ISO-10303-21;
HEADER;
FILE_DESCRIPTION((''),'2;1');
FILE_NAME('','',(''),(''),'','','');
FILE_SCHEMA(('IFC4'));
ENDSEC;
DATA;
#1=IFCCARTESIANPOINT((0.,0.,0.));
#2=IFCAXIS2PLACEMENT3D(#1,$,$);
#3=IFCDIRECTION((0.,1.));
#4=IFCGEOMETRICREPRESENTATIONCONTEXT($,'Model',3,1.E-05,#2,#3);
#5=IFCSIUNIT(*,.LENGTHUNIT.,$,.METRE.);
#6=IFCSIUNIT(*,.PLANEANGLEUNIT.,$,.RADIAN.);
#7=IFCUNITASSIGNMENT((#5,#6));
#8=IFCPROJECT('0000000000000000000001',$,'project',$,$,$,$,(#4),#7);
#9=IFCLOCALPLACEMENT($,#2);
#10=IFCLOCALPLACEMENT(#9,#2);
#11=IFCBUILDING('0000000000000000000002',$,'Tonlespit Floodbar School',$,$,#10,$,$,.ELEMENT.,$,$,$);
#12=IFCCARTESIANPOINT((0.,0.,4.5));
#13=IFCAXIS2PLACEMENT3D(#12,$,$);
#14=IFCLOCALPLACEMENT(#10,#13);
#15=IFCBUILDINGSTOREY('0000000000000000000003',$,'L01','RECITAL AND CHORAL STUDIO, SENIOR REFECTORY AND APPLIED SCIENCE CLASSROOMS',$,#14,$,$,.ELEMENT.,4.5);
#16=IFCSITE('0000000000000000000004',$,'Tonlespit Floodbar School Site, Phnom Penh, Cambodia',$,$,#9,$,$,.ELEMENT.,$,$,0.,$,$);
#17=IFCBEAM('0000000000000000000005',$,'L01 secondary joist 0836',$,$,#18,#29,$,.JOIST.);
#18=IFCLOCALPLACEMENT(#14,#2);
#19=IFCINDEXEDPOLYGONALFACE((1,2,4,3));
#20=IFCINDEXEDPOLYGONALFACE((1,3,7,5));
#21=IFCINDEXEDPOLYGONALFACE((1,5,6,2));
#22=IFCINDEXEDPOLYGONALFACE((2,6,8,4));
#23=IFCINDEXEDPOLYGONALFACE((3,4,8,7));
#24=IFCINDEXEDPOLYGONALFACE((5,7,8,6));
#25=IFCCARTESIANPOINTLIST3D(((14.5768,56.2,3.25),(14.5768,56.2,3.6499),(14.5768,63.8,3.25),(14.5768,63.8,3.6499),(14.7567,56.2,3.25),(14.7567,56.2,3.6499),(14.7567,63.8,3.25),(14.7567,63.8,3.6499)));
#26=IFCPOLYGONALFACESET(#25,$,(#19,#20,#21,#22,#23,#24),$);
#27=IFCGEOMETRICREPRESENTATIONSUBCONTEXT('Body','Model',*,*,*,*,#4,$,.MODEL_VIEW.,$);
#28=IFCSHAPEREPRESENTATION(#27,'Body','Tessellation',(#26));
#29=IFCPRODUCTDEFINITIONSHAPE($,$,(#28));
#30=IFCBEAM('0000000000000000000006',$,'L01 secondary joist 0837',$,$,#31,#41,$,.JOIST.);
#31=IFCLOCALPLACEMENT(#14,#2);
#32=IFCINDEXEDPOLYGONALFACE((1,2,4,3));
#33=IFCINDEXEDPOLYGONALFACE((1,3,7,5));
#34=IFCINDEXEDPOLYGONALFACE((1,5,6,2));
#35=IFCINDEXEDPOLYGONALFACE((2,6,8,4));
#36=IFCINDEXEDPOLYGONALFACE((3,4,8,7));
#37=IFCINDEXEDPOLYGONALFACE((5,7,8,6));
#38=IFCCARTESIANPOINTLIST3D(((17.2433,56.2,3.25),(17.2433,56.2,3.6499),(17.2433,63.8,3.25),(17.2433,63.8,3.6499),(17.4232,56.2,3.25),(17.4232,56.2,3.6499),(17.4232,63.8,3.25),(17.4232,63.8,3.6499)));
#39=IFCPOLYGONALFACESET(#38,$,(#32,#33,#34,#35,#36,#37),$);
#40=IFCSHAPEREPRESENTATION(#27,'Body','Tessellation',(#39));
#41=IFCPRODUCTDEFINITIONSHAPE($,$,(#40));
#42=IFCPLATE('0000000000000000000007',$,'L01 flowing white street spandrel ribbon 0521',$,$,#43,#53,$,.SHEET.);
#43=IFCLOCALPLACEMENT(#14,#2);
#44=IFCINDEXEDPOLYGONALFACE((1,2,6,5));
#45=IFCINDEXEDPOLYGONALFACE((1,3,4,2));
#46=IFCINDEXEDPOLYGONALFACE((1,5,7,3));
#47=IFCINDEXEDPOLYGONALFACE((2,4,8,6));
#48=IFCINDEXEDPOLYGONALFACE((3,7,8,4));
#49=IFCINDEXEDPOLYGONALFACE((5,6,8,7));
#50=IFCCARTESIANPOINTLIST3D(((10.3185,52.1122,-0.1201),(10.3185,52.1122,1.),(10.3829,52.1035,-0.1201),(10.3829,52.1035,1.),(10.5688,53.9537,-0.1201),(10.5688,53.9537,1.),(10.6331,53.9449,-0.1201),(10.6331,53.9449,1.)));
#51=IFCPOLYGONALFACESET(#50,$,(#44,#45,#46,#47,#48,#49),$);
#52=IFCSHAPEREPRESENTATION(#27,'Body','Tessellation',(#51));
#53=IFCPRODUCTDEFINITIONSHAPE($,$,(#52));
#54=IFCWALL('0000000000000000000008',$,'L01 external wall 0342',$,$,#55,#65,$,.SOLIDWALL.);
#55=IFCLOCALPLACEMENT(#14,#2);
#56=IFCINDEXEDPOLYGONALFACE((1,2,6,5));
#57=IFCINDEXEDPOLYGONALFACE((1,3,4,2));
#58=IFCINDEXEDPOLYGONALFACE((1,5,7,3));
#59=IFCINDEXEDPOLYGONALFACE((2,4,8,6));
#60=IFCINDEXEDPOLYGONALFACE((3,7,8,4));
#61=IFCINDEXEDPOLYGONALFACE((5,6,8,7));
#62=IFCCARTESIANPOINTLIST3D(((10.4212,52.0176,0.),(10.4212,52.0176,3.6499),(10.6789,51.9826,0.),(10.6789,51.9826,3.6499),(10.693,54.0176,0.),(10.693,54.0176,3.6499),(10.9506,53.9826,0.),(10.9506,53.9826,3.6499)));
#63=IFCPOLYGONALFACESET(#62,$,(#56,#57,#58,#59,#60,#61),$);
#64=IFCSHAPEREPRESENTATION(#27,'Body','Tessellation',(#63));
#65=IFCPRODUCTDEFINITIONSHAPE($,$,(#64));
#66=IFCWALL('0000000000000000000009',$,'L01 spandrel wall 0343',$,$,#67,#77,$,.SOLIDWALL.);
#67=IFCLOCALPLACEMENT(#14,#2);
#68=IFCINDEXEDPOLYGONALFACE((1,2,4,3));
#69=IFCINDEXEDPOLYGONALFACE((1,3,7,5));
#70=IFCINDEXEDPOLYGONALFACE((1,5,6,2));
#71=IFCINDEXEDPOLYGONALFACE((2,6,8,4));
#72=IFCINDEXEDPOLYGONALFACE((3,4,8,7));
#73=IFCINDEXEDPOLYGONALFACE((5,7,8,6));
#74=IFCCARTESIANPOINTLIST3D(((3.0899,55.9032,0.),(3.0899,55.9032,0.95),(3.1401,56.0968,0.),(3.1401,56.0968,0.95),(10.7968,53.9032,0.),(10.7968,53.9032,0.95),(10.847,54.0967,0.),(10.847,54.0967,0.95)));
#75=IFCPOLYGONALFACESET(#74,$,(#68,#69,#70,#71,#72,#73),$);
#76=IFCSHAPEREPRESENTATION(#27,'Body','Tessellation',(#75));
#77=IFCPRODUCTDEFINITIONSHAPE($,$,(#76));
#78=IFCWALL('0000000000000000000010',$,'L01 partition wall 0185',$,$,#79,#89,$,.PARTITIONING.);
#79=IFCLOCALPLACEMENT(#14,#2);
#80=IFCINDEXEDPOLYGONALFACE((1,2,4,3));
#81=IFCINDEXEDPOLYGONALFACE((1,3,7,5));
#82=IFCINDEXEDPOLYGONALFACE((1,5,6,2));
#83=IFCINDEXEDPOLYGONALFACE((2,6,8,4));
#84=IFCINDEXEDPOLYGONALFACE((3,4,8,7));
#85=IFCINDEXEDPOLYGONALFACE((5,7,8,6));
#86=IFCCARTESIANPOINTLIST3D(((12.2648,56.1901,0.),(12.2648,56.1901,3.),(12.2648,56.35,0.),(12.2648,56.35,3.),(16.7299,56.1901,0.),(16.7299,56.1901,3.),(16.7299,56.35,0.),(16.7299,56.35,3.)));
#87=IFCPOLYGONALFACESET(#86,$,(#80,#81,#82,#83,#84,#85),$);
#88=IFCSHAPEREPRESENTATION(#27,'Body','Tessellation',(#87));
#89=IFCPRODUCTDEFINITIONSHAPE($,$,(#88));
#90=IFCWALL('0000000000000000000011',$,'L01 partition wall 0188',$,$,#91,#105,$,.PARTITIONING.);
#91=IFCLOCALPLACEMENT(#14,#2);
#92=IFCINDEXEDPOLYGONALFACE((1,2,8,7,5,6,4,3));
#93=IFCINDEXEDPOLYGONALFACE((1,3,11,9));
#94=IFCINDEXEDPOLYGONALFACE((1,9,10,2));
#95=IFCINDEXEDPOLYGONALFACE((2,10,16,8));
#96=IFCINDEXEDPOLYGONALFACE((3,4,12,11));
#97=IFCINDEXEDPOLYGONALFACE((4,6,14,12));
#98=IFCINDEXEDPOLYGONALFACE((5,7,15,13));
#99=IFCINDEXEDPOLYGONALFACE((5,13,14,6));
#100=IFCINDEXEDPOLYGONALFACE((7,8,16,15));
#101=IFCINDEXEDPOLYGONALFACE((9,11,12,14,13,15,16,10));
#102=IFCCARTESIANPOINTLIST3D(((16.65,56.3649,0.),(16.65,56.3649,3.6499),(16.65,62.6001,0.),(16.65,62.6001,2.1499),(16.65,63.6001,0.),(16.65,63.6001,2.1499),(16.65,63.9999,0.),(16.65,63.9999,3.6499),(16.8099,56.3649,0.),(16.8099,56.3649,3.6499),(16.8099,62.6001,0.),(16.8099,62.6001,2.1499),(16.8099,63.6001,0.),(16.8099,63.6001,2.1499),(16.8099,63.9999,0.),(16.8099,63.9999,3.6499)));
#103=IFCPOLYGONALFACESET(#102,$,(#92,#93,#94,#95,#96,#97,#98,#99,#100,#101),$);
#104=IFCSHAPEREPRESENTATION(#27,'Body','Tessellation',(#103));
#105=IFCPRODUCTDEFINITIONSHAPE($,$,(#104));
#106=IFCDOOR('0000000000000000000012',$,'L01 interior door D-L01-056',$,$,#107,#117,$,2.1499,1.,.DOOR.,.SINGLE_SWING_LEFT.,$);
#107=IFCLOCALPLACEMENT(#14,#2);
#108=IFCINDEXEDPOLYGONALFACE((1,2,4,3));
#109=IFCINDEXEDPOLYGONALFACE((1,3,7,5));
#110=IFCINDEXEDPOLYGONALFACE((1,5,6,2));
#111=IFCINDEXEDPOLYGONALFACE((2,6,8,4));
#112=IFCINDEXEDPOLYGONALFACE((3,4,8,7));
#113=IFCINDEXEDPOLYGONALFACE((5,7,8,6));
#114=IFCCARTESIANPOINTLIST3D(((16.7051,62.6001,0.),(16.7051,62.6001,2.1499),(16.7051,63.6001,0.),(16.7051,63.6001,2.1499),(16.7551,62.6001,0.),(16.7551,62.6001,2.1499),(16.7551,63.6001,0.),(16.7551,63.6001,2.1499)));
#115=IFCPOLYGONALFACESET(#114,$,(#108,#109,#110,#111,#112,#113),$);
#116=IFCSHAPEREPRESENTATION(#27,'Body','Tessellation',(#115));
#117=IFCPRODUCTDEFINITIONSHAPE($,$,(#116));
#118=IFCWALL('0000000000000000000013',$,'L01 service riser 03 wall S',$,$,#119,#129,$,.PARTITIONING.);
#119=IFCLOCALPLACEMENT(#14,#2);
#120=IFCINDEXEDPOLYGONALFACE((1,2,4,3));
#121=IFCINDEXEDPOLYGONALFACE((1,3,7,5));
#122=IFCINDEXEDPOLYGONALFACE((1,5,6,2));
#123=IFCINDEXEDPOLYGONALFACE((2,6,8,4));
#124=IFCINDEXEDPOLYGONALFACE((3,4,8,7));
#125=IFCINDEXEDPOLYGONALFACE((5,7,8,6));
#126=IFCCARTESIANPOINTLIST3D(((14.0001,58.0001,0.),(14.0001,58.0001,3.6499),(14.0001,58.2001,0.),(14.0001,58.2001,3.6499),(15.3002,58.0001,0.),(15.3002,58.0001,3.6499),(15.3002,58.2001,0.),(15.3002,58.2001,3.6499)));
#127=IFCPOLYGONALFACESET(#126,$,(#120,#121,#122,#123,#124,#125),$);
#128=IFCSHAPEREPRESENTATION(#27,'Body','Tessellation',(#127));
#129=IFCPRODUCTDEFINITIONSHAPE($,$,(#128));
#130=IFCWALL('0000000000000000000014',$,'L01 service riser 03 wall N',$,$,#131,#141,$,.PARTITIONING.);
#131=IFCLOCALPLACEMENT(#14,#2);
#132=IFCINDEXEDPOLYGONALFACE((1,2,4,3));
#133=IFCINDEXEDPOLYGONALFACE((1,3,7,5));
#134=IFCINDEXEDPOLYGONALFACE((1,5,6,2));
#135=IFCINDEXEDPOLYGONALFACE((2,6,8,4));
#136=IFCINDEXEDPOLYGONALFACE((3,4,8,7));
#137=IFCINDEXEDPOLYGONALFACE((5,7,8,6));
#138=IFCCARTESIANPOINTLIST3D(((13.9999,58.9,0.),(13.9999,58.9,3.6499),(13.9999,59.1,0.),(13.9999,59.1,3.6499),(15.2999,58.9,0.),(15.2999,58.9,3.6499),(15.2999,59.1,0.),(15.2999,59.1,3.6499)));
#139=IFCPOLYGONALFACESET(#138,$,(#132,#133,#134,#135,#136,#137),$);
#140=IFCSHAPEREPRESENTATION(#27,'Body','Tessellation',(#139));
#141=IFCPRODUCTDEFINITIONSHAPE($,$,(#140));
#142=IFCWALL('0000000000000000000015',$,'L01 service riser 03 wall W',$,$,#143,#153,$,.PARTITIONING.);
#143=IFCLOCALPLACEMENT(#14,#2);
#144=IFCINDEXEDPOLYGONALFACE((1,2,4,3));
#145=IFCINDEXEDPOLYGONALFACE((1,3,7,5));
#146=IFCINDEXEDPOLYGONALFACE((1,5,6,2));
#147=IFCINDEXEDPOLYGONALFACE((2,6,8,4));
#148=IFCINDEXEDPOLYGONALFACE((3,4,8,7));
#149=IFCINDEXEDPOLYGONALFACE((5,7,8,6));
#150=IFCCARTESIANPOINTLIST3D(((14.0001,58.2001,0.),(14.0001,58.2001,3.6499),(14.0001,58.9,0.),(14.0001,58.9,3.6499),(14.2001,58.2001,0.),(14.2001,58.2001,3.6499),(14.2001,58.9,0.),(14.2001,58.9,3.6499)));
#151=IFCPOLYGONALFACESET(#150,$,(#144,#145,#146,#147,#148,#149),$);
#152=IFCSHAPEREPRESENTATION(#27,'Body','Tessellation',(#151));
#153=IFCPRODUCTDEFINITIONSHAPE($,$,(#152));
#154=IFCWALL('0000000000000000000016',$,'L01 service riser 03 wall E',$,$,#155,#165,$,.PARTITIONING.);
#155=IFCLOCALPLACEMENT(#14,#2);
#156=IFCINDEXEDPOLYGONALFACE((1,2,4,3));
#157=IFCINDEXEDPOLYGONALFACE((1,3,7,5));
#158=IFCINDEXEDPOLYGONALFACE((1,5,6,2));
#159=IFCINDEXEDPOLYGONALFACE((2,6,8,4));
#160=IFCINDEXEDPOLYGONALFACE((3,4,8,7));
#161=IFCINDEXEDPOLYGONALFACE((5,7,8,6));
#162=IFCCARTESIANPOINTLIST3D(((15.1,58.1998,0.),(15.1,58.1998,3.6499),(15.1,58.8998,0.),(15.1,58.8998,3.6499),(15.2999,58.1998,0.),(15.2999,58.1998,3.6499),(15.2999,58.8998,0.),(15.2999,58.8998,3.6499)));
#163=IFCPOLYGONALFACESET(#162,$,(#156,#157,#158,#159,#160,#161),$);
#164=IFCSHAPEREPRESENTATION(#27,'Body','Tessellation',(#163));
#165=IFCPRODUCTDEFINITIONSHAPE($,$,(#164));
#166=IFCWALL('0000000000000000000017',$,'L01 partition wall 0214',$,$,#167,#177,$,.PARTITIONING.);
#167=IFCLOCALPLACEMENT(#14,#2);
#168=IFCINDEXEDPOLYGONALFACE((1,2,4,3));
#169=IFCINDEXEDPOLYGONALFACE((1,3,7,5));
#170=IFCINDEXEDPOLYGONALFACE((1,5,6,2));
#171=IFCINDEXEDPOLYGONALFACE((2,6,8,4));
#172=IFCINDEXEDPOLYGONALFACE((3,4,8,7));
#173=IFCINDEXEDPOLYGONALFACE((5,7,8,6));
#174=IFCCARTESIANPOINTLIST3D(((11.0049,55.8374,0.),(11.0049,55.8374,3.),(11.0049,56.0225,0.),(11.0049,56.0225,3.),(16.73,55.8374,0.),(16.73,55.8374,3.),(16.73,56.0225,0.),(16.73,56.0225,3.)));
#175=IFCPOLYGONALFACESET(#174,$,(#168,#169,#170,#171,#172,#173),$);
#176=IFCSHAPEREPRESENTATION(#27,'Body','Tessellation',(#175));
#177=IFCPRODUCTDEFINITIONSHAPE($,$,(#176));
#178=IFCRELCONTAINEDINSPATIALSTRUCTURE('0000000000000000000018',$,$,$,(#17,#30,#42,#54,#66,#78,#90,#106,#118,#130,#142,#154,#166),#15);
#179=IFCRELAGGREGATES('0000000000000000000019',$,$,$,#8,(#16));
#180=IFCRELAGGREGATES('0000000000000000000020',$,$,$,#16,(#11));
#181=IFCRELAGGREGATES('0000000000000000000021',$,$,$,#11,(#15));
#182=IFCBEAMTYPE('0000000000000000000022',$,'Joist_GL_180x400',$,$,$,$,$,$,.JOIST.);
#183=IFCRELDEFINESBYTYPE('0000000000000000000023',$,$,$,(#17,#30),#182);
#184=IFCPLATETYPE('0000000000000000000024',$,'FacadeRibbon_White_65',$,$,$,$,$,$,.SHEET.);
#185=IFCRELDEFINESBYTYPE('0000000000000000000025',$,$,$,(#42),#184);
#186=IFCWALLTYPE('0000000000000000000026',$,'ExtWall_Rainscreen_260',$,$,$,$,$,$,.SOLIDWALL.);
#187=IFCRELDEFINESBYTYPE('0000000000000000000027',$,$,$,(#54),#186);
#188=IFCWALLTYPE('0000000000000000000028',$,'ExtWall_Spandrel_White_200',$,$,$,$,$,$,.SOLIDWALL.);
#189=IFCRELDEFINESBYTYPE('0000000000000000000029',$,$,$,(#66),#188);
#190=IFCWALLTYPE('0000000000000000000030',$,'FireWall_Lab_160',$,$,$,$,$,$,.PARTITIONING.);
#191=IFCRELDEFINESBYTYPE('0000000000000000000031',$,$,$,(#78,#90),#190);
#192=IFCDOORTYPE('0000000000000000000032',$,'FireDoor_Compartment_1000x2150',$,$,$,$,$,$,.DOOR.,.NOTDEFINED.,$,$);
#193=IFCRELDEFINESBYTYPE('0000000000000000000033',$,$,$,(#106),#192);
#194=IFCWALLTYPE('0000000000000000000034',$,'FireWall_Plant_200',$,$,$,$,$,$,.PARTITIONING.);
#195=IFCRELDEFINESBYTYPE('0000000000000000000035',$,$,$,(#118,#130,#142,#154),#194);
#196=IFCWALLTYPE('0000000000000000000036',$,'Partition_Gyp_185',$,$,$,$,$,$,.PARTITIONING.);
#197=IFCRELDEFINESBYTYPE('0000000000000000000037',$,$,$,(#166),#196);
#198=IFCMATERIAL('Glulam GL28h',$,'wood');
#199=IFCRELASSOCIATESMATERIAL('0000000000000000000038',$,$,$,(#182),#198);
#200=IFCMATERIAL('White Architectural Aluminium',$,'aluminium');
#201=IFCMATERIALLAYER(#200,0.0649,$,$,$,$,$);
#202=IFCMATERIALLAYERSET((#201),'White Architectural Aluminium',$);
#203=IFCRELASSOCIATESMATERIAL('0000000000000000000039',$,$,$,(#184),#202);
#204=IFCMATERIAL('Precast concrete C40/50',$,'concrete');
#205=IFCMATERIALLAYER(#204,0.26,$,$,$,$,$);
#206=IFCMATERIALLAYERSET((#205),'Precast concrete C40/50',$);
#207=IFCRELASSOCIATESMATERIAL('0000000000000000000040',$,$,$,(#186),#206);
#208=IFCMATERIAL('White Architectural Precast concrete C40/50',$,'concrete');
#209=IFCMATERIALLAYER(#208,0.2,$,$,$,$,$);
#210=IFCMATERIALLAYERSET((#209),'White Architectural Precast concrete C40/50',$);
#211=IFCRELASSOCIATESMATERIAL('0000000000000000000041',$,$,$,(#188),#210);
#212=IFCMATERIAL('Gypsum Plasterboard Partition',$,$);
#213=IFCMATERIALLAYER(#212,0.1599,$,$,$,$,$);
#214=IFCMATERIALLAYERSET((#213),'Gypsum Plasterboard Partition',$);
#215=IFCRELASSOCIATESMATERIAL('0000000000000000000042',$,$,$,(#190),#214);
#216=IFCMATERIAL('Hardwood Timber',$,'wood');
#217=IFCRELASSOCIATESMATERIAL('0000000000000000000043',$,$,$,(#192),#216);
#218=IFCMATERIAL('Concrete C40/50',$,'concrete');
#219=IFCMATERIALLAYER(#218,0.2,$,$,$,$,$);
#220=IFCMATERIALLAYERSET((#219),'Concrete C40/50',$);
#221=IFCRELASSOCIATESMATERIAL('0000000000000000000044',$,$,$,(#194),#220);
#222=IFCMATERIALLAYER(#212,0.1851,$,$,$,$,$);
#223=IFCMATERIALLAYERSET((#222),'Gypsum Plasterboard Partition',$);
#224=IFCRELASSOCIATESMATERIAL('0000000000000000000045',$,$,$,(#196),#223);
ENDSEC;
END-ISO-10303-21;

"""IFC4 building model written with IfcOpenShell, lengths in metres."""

from ifc_helpers import new_model, si_unit, direction, frame, frame_2d, origin, origin_2d, place, context, subcontext, project, spatial, rectangle, extrude, material, layer, layer_set, material_profile, profile_set, type_object, element, fill, save


model = new_model("IFC4")

# Units and contexts
model_context = context("Model", 3, precision=1e-05, world=origin(), true_north=direction((0.0, 1.0)))
body_context = subcontext(model_context, "Body", "Model", "MODEL_VIEW")
ifc_project = project(units=[si_unit("LENGTHUNIT", "METRE"), si_unit("PLANEANGLEUNIT", "RADIAN")], contexts=[model_context])

# Site, building, storey
site_placement = place(None, origin())
site = spatial("IfcSite", under=ifc_project, at=site_placement, Name="Tonlespit Floodbar School Site, Phnom Penh, Cambodia", CompositionType="ELEMENT", RefElevation=0.0)
building_placement = place(site_placement, origin())
building = spatial("IfcBuilding", under=site, at=building_placement, Name="Tonlespit Floodbar School", CompositionType="ELEMENT")
storey_placement = place(building_placement, frame((0.0, 0.0, 4.5)))
storey = spatial("IfcBuildingStorey", under=building, at=storey_placement, Name="L01", Description="RECITAL AND CHORAL STUDIO, SENIOR REFECTORY AND APPLIED SCIENCE CLASSROOMS", CompositionType="ELEMENT", Elevation=4.5)

# Shared definitions
ifc_material_1 = material(Name="Concrete C40/50", Category="concrete")

# Beams
ifc_material_2 = material(Name="Glulam GL28h", Category="wood")
ifc_material_profile_1 = material_profile(ifc_material_2, rectangle(XDim=0.1799, YDim=0.3999, at=origin_2d()), Name="GL 180x400")
ifc_profile_set_1 = profile_set([ifc_material_profile_1], Name="Glulam GL28h")
beam_type_1 = type_object("IfcBeamType", Name="Joist_GL_180x400", PredefinedType="JOIST", material=ifc_profile_set_1)
for number, where, z_axis, x_axis, name in (
    (1, (14.6667, 56.2, 3.45), (0.0, 1.0, 0.0), (-1.0, 0.0, 0.0), "L01 secondary joist 0836"),
    (2, (17.3333, 56.2, 3.45), (0.0, 1.0, 0.0), (-1.0, 0.0, 0.0), "L01 secondary joist 0837"),
):
    element("IfcBeam", number, at=place(storey_placement, frame(where, z_axis=z_axis, x_axis=x_axis)), inside=storey, type_object=beam_type_1, Name=name, PredefinedType="JOIST", context=body_context, shape_type="SweptSolid", body=[
        extrude(rectangle(XDim=0.1799, YDim=0.3999, at=origin_2d()), origin(), (0.0, 0.0, 1.0), 7.6001),
    ])

# Plate
ifc_material_3 = material(Name="White Architectural Aluminium", Category="aluminium")
ifc_layer_1 = layer(ifc_material_3, 0.0649)
ifc_layer_set_1 = layer_set([ifc_layer_1], Name="White Architectural Aluminium")
plate_type = type_object("IfcPlateType", Name="FacadeRibbon_White_65", PredefinedType="SHEET", material=ifc_layer_set_1)
plate_placement = place(storey_placement, frame((10.4758, 53.0286, -0.1201), z_axis=(0.0, 0.0, 1.0), x_axis=(0.134662, 0.990892, 0.0)))
element("IfcPlate", 3, at=plate_placement, inside=storey, type_object=plate_type, Name="L01 flowing white street spandrel ribbon 0521", PredefinedType="SHEET", context=body_context, shape_type="SweptSolid", body=[
    extrude(rectangle(XDim=1.8584, YDim=0.0649, at=origin_2d()), origin(), (0.0, 0.0, 1.0), 1.1201),
])

# Walls
ifc_material_4 = material(Name="Precast concrete C40/50", Category="concrete")
ifc_layer_2 = layer(ifc_material_4, 0.26)
ifc_layer_set_2 = layer_set([ifc_layer_2], Name="Precast concrete C40/50")
wall_type_1 = type_object("IfcWallType", Name="ExtWall_Rainscreen_260", PredefinedType="SOLIDWALL", material=ifc_layer_set_2)
wall_1_placement = place(storey_placement, frame((10.55, 52.0, 0.0), z_axis=(0.0, 0.0, 1.0), x_axis=(0.134627, 0.990896, 0.0)))
element("IfcWall", 4, at=wall_1_placement, inside=storey, type_object=wall_type_1, Name="L01 external wall 0342", PredefinedType="SOLIDWALL", context=body_context, shape_type="SweptSolid", body=[
    extrude(rectangle(XDim=2.0183, YDim=0.26, at=frame_2d((1.0093, 0.0))), origin(), (0.0, 0.0, 1.0), 3.6499),
])
ifc_material_5 = material(Name="White Architectural Precast concrete C40/50", Category="concrete")
ifc_layer_3 = layer(ifc_material_5, 0.2)
ifc_layer_set_3 = layer_set([ifc_layer_3], Name="White Architectural Precast concrete C40/50")
wall_type_2 = type_object("IfcWallType", Name="ExtWall_Spandrel_White_200", PredefinedType="SOLIDWALL", material=ifc_layer_set_3)
wall_2_placement = place(storey_placement, frame((10.8218, 54.0, 0.0), z_axis=(0.0, 0.0, 1.0), x_axis=(-0.967938, 0.251191, 0.0)))
element("IfcWall", 5, at=wall_2_placement, inside=storey, type_object=wall_type_2, Name="L01 spandrel wall 0343", PredefinedType="SOLIDWALL", context=body_context, shape_type="SweptSolid", body=[
    extrude(rectangle(XDim=7.9622, YDim=0.2, at=frame_2d((3.981, 0.0))), origin(), (0.0, 0.0, 1.0), 0.95),
])
ifc_material_6 = material(Name="Gypsum Plasterboard Partition")
ifc_layer_4 = layer(ifc_material_6, 0.1599)
ifc_layer_set_4 = layer_set([ifc_layer_4], Name="Gypsum Plasterboard Partition")
wall_type_3 = type_object("IfcWallType", Name="FireWall_Lab_160", PredefinedType="PARTITIONING", material=ifc_layer_set_4)
wall_3_placement = place(storey_placement, frame((12.2649, 56.27, 0.0), z_axis=(0.0, 0.0, 1.0), x_axis=(1.0, 0.0, 0.0)))
element("IfcWall", 6, at=wall_3_placement, inside=storey, type_object=wall_type_3, Name="L01 partition wall 0185", PredefinedType="PARTITIONING", context=body_context, shape_type="SweptSolid", body=[
    extrude(rectangle(XDim=4.4651, YDim=0.1599, at=frame_2d((2.2324, 0.0))), origin(), (0.0, 0.0, 1.0), 3.0),
])

# Wall, opening, door
wall_4_placement = place(storey_placement, frame((16.73, 56.365, 0.0), z_axis=(0.0, 0.0, 1.0), x_axis=(0.0, 1.0, 0.0)))
wall_4 = element("IfcWall", 7, at=wall_4_placement, inside=storey, type_object=wall_type_3, Name="L01 partition wall 0188", PredefinedType="PARTITIONING", context=body_context, shape_type="SweptSolid", body=[
    extrude(rectangle(XDim=7.635, YDim=0.1599, at=frame_2d((3.8174, 0.0))), origin(), (0.0, 0.0, 1.0), 3.6499),
])
opening_placement = place(wall_4_placement, frame((6.2351, 0.0, 0.0)))
opening = element("IfcOpeningElement", 8, at=opening_placement, cuts=wall_4, PredefinedType="OPENING", context=body_context, shape_type="SweptSolid", body=[
    extrude(rectangle(XDim=1.0, YDim=2.1499, at=frame_2d((0.5, 1.075))), frame((0.0, 0.0898, 0.0), z_axis=(0.0, -1.0, 0.0), x_axis=(1.0, 0.0, 0.0)), (0.0, 0.0, 1.0), 0.1799),
])
ifc_material_7 = material(Name="Hardwood Timber", Category="wood")
door_type = type_object("IfcDoorType", Name="FireDoor_Compartment_1000x2150", OperationType="NOTDEFINED", PredefinedType="DOOR", material=ifc_material_7)
door_placement = place(opening_placement, origin())
door = element("IfcDoor", 9, at=door_placement, inside=storey, type_object=door_type, Name="L01 interior door D-L01-056", OperationType="SINGLE_SWING_LEFT", OverallHeight=2.1499, OverallWidth=1.0, PredefinedType="DOOR", context=body_context, shape_type="SweptSolid", body=[
    extrude(rectangle(XDim=1.0, YDim=2.1499, at=frame_2d((0.5, 1.075))), frame((0.0, 0.0249, 0.0), z_axis=(0.0, -1.0, 0.0), x_axis=(1.0, 0.0, 0.0)), (0.0, 0.0, 1.0), 0.05),
])
fill(opening, door)

# Walls
ifc_layer_5 = layer(ifc_material_1, 0.2)
ifc_layer_set_5 = layer_set([ifc_layer_5], Name="Concrete C40/50")
wall_type_4 = type_object("IfcWallType", Name="FireWall_Plant_200", PredefinedType="PARTITIONING", material=ifc_layer_set_5)
for number, where, z_axis, x_axis, name in (
    (10, (15.3, 58.1001, 0.0), (0.0, 0.0, 1.0), (-1.0, 0.0, 0.0), "L01 service riser 03 wall S"),
    (11, (14.0, 59.0, 0.0), (0.0, 0.0, 1.0), (1.0, 0.0, 0.0), "L01 service riser 03 wall N"),
):
    element("IfcWall", number, at=place(storey_placement, frame(where, z_axis=z_axis, x_axis=x_axis)), inside=storey, type_object=wall_type_4, Name=name, PredefinedType="PARTITIONING", context=body_context, shape_type="SweptSolid", body=[
        extrude(rectangle(XDim=1.3, YDim=0.2, at=frame_2d((0.6499, 0.0))), origin(), (0.0, 0.0, 1.0), 3.6499),
    ])
for number, where, z_axis, x_axis, name in (
    (12, (14.1001, 58.2, 0.0), (0.0, 0.0, 1.0), (0.0, 1.0, 0.0), "L01 service riser 03 wall W"),
    (13, (15.2, 58.8999, 0.0), (0.0, 0.0, 1.0), (0.0, -1.0, 0.0), "L01 service riser 03 wall E"),
):
    element("IfcWall", number, at=place(storey_placement, frame(where, z_axis=z_axis, x_axis=x_axis)), inside=storey, type_object=wall_type_4, Name=name, PredefinedType="PARTITIONING", context=body_context, shape_type="SweptSolid", body=[
        extrude(rectangle(XDim=0.7, YDim=0.2, at=frame_2d((0.3501, 0.0))), origin(), (0.0, 0.0, 1.0), 3.6499),
    ])
ifc_layer_6 = layer(ifc_material_6, 0.1851)
ifc_layer_set_6 = layer_set([ifc_layer_6], Name="Gypsum Plasterboard Partition")
wall_type_5 = type_object("IfcWallType", Name="Partition_Gyp_185", PredefinedType="PARTITIONING", material=ifc_layer_set_6)
wall_5_placement = place(storey_placement, frame((11.0049, 55.9299, 0.0), z_axis=(0.0, 0.0, 1.0), x_axis=(1.0, 0.0, 0.0)))
element("IfcWall", 14, at=wall_5_placement, inside=storey, type_object=wall_type_5, Name="L01 partition wall 0214", PredefinedType="PARTITIONING", context=body_context, shape_type="SweptSolid", body=[
    extrude(rectangle(XDim=5.7251, YDim=0.1851, at=frame_2d((2.8625, 0.0))), origin(), (0.0, 0.0, 1.0), 3.0),
])

save(model, "model.ifc")
